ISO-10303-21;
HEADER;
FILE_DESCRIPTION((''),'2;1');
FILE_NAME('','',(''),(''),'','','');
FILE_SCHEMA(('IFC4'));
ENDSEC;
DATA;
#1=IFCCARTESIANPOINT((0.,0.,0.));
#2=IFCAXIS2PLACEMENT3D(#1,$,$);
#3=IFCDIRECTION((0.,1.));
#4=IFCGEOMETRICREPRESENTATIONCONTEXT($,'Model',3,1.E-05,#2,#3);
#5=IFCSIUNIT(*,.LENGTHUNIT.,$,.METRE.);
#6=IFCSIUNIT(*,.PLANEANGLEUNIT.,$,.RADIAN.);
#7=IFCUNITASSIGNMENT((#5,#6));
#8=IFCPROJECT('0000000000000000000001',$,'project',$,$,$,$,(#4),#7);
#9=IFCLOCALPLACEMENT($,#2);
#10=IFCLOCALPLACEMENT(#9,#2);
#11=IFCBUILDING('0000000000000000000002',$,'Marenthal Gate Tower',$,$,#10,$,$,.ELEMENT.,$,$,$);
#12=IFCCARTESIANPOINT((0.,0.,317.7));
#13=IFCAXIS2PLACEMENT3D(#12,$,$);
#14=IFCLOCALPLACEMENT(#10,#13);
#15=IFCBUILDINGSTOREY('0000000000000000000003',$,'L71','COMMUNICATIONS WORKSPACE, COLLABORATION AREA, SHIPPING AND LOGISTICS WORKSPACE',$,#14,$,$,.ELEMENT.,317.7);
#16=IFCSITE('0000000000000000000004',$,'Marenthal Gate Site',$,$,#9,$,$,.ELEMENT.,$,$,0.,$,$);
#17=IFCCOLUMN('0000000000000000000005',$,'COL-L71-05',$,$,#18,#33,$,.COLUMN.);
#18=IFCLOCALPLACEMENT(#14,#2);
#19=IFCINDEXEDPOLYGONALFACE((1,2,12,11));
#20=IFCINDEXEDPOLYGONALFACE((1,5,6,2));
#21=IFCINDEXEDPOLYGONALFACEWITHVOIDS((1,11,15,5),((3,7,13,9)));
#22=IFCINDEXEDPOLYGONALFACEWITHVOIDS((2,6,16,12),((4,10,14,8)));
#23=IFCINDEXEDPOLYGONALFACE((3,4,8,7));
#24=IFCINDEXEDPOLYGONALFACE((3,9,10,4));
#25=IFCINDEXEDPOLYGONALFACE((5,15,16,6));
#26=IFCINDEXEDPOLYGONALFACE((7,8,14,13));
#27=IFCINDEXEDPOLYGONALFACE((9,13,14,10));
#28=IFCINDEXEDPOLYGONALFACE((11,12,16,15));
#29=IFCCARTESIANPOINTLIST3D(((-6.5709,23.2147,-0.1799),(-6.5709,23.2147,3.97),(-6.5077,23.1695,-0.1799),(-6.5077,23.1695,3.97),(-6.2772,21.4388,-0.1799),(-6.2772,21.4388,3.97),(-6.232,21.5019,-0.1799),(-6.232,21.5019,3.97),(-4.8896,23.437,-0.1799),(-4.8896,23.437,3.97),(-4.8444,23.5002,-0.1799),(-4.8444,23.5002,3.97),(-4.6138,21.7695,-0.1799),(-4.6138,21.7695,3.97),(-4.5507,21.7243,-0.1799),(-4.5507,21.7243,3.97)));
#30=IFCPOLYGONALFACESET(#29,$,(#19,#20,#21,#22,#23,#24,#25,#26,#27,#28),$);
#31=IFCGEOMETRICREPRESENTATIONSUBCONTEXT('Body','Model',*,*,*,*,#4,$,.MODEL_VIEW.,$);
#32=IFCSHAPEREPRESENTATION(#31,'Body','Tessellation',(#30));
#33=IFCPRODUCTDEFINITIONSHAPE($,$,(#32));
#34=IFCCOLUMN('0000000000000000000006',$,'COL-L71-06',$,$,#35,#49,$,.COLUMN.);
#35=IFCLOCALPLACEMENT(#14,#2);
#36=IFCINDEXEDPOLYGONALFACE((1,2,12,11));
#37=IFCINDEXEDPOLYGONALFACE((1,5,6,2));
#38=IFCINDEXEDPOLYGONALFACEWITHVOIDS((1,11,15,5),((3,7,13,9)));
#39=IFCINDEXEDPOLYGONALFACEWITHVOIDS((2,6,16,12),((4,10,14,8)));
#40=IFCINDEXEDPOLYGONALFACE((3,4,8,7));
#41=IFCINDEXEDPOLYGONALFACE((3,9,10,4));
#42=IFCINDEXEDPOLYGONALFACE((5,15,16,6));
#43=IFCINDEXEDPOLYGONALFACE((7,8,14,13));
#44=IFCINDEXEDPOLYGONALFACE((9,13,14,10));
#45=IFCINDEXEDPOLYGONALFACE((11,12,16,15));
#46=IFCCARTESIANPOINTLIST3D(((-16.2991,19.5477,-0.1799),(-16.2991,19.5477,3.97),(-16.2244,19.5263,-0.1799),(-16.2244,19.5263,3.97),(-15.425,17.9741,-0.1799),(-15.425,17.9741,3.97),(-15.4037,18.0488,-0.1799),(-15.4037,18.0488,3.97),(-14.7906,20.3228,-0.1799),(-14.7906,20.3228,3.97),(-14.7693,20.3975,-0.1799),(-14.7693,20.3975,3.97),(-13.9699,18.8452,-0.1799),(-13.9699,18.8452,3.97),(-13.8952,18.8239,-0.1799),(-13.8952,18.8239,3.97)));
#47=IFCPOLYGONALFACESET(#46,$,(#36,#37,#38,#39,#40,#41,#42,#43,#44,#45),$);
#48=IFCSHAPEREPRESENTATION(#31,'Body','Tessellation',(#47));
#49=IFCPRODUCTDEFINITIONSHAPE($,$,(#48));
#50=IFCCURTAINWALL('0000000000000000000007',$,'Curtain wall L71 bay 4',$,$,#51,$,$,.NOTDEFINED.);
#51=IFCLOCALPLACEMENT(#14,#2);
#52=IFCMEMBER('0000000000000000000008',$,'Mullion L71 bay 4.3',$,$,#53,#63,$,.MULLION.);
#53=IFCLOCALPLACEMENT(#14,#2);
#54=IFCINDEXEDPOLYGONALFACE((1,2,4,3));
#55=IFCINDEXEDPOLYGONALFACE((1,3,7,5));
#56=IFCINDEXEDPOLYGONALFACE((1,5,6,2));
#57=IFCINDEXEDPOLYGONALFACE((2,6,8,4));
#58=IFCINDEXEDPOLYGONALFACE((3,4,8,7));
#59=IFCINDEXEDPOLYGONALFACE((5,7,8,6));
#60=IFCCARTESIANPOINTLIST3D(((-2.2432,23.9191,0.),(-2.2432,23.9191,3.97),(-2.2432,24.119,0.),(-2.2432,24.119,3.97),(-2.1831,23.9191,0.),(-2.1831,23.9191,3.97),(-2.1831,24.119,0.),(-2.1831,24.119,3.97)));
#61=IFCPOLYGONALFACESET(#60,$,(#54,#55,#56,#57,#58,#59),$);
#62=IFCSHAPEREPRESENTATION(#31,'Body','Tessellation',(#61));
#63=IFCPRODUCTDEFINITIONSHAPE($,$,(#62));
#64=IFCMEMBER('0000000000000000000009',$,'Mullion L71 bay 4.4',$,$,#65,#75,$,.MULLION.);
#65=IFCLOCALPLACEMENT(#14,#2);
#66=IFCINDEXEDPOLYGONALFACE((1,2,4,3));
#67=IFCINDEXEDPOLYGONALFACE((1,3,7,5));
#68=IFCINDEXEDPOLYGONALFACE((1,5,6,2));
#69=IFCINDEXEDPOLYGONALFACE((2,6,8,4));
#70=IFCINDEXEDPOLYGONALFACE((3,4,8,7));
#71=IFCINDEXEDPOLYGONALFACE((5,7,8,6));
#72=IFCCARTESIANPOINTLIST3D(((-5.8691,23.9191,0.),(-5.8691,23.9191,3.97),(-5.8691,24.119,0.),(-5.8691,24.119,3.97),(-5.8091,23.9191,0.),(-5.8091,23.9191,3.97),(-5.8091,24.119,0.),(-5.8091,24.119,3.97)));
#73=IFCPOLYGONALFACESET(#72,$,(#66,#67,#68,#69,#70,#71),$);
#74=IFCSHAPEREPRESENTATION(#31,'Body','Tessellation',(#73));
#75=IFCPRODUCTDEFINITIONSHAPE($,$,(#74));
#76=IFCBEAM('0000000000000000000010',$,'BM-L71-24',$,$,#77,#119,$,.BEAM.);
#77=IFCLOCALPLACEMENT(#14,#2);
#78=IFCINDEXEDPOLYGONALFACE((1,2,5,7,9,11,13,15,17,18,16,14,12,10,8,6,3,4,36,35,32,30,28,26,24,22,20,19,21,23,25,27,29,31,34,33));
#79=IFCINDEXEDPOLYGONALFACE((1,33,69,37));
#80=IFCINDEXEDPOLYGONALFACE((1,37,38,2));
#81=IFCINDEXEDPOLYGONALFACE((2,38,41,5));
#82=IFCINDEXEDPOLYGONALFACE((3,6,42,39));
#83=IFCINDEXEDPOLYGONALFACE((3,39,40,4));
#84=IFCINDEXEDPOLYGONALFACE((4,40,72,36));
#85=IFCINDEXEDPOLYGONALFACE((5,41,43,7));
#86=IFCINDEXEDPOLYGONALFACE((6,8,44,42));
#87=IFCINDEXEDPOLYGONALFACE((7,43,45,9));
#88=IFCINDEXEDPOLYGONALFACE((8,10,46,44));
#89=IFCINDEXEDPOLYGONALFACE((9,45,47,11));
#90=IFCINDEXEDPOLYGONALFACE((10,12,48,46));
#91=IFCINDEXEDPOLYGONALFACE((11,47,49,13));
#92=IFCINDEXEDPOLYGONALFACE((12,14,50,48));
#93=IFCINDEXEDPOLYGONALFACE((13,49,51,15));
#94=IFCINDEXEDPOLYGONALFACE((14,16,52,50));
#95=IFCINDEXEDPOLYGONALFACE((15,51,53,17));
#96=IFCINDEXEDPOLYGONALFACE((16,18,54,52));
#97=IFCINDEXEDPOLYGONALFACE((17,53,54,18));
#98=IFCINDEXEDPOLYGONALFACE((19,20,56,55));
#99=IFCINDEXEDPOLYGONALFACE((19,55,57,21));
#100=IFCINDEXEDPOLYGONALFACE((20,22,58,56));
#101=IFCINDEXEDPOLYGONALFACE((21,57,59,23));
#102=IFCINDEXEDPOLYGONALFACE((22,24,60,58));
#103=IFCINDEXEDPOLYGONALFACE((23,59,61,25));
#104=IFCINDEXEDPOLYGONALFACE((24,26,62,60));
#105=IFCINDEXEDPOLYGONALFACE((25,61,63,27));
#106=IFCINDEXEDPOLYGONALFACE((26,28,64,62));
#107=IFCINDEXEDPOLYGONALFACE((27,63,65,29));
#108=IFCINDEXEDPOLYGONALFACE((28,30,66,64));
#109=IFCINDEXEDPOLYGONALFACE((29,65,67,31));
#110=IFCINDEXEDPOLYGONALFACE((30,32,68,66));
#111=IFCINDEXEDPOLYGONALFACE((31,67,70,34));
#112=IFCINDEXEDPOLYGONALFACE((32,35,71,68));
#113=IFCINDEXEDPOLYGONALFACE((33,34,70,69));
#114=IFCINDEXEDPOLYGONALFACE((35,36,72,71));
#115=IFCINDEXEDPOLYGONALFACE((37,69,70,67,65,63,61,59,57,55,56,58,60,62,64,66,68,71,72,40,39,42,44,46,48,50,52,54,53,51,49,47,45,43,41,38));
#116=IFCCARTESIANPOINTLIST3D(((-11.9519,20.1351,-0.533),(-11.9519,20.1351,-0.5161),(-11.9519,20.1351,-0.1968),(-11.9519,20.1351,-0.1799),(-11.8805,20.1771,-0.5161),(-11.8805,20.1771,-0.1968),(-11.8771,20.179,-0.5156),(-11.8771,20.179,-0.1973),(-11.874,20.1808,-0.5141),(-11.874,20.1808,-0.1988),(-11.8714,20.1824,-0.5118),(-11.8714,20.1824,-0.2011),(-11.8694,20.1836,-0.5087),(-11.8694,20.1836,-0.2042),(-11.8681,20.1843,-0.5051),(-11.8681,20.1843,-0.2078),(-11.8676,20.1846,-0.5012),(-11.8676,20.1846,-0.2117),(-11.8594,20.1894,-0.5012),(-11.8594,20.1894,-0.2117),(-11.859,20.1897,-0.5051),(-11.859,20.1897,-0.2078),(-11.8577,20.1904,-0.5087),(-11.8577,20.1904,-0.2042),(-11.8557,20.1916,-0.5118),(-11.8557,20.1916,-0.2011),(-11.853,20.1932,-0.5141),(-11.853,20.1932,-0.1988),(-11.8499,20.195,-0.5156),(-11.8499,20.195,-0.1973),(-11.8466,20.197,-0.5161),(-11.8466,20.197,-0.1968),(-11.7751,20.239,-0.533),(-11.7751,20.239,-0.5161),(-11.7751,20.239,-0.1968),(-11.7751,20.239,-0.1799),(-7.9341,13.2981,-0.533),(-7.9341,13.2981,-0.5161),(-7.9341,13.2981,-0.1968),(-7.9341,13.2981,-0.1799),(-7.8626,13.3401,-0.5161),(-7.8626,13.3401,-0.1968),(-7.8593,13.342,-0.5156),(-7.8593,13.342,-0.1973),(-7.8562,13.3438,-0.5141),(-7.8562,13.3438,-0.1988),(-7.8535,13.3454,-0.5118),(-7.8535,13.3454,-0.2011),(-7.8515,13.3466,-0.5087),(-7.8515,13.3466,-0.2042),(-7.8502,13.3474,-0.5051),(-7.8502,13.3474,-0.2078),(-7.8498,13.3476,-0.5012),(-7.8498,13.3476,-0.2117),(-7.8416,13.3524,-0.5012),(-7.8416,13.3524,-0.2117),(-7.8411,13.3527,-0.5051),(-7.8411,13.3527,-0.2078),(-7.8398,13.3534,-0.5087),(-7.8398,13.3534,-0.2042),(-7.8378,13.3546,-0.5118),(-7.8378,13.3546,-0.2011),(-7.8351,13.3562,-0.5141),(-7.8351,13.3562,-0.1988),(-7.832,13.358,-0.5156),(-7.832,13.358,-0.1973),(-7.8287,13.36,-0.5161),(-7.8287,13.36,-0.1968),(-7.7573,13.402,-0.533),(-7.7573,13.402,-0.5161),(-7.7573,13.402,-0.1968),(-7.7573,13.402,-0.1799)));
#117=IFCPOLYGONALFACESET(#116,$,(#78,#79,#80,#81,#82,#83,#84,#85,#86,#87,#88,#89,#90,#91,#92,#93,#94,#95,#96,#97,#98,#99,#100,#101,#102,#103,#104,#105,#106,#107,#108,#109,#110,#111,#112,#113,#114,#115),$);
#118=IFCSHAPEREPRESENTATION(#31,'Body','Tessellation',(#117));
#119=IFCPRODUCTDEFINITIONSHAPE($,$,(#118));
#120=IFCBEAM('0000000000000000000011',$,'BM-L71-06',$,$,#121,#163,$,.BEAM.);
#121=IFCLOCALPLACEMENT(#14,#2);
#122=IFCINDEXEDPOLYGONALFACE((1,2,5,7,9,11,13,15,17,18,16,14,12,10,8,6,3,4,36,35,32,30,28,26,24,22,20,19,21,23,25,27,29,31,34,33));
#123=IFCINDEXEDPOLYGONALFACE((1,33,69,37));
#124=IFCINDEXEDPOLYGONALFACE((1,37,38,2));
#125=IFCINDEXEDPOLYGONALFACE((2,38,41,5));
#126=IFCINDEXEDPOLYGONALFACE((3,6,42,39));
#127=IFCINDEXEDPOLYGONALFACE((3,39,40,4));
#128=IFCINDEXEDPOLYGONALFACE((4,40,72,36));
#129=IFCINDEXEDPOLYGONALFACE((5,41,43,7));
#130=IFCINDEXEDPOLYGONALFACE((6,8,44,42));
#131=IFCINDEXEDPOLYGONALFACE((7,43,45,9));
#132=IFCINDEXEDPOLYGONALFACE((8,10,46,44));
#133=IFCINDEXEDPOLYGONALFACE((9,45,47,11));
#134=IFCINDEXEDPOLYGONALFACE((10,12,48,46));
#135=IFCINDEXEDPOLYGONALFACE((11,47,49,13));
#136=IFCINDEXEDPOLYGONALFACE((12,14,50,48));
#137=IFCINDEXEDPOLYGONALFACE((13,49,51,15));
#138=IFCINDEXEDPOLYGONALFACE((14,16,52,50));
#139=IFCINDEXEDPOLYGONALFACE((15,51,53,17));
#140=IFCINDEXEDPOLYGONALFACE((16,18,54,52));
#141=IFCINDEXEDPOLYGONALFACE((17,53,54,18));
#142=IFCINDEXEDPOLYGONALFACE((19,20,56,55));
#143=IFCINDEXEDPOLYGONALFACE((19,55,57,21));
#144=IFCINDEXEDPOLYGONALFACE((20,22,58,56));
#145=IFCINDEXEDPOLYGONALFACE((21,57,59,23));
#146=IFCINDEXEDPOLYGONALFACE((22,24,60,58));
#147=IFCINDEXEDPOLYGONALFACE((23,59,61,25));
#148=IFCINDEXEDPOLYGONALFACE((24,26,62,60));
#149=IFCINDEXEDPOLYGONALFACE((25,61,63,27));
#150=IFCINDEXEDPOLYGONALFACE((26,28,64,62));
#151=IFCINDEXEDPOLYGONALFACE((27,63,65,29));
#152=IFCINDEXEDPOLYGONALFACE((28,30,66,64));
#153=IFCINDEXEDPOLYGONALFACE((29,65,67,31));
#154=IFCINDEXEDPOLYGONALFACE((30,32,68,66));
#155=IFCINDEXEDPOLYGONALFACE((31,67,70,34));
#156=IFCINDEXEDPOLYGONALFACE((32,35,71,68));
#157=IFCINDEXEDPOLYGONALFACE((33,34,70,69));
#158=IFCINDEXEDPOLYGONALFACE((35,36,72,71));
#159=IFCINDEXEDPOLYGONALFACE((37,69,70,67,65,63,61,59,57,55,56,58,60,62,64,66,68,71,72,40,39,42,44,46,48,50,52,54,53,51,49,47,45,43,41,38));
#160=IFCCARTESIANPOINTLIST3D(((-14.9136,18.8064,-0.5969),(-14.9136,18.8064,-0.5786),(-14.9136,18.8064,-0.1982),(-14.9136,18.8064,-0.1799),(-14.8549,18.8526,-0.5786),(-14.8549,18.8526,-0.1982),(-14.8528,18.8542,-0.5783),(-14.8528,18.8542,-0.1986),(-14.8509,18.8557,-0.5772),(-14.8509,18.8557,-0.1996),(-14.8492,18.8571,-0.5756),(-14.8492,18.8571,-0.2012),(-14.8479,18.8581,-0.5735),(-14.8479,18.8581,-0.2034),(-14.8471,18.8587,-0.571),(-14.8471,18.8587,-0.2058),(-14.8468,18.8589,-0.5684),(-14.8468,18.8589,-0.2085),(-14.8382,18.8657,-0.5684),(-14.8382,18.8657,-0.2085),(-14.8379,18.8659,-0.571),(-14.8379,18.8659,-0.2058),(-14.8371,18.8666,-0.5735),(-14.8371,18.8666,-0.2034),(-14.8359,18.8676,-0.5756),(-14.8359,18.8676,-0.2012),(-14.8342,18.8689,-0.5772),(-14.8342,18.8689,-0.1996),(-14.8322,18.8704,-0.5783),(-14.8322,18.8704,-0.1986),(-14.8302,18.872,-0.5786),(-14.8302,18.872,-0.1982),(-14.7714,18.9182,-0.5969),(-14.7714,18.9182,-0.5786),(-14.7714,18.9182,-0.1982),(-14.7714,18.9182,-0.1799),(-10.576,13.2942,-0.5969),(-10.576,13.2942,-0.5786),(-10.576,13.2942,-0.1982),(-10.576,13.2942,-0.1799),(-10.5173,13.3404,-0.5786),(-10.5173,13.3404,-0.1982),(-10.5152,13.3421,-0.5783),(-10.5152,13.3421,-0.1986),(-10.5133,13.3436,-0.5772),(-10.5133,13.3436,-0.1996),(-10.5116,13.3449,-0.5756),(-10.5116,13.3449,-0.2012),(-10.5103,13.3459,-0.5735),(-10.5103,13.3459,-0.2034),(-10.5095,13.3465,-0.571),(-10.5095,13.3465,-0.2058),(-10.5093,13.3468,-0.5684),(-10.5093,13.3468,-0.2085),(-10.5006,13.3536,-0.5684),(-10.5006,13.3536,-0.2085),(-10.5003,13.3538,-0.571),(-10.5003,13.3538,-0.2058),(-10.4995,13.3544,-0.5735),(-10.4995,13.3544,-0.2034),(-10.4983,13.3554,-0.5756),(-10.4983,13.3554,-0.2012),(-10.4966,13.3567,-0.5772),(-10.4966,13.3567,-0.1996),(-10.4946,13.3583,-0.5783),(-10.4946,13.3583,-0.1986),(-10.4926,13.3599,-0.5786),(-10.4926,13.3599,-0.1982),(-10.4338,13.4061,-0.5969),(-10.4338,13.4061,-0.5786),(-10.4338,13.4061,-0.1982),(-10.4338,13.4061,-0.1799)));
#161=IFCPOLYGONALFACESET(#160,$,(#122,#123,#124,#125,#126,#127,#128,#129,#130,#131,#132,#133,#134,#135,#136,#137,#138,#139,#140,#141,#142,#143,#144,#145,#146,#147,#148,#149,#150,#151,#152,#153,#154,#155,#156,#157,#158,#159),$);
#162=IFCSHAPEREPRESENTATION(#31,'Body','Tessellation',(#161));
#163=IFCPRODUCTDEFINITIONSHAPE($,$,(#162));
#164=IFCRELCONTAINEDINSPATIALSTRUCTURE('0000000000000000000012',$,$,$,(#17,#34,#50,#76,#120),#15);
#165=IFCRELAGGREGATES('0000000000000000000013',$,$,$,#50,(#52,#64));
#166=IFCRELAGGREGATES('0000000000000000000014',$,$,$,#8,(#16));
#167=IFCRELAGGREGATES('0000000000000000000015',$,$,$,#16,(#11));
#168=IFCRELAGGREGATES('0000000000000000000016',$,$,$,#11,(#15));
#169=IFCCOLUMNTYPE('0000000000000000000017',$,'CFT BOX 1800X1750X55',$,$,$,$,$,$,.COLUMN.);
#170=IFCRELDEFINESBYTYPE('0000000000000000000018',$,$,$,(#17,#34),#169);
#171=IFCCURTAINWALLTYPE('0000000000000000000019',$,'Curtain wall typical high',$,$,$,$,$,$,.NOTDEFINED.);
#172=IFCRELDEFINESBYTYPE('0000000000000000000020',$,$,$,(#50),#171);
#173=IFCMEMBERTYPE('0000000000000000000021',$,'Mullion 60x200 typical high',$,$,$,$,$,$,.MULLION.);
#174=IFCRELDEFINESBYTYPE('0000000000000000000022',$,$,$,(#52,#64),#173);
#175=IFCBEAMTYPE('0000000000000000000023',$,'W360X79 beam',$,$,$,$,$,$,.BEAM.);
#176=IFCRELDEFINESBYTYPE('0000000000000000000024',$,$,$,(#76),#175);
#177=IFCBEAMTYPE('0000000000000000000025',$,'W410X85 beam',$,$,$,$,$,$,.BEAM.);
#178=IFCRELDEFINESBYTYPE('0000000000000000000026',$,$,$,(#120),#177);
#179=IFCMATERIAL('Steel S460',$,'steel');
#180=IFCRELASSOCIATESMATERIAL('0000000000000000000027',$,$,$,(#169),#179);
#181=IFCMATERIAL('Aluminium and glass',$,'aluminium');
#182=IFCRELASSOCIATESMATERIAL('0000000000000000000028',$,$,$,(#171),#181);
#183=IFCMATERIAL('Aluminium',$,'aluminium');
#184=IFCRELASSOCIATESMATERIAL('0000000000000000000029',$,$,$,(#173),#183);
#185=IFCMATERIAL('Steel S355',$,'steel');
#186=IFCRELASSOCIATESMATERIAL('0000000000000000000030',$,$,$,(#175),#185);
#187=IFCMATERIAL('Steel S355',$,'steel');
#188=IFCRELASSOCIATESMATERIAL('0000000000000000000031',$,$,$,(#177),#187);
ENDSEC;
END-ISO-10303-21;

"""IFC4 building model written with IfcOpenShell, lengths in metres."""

from ifc_helpers import new_model, si_unit, direction, frame, origin, origin_2d, place, context, subcontext, project, spatial, rectangle, hollow_rectangle, i_section, extrude, material, material_profile, profile_set, type_object, element, aggregate, save


model = new_model("IFC4")

# Units and contexts
model_context = context("Model", 3, precision=1e-05, world=origin(), true_north=direction((0.0, 1.0)))
body_context = subcontext(model_context, "Body", "Model", "MODEL_VIEW")
ifc_project = project(units=[si_unit("LENGTHUNIT", "METRE"), si_unit("PLANEANGLEUNIT", "RADIAN")], contexts=[model_context])

# Site, building, storey
site_placement = place(None, origin())
site = spatial("IfcSite", under=ifc_project, at=site_placement, Name="Marenthal Gate Site", CompositionType="ELEMENT", RefElevation=0.0)
building_placement = place(site_placement, origin())
building = spatial("IfcBuilding", under=site, at=building_placement, Name="Marenthal Gate Tower", CompositionType="ELEMENT")
storey_placement = place(building_placement, frame((0.0, 0.0, 317.7)))
storey = spatial("IfcBuildingStorey", under=building, at=storey_placement, Name="L71", Description="COMMUNICATIONS WORKSPACE, COLLABORATION AREA, SHIPPING AND LOGISTICS WORKSPACE", CompositionType="ELEMENT", Elevation=317.7)

# Columns
ifc_material_1 = material(Name="Steel S460", Category="steel")
ifc_material_profile_1 = material_profile(ifc_material_1, hollow_rectangle(XDim=1.75, YDim=1.8, WallThickness=0.0549, at=origin_2d()), Name="CFT BOX 1800X1750X55")
ifc_material_2 = material(Name="Concrete 70 MPa", Category="concrete")
ifc_material_profile_2 = material_profile(ifc_material_2, rectangle(XDim=1.6399, YDim=1.6899, at=origin_2d()), Name="CFT BOX 1800X1750X55 INFILL")
ifc_profile_set_1 = profile_set([ifc_material_profile_1, ifc_material_profile_2], Name="Steel S460 shell, Concrete 70 MPa infill")
column_type = type_object("IfcColumnType", Name="CFT BOX 1800X1750X55", PredefinedType="COLUMN", material=ifc_profile_set_1)
for number, where, z_axis, x_axis, name in (
    (1, (-5.5608, 22.4695, -0.1799), (0.0, 0.0, 1.0), (0.986602, 0.163147, 0.0), "COL-L71-05"),
    (2, (-15.0972, 19.1858, -0.1799), (0.0, 0.0, 1.0), (0.874186, 0.485591, 0.0), "COL-L71-06"),
):
    element("IfcColumn", number, at=place(storey_placement, frame(where, z_axis=z_axis, x_axis=x_axis)), inside=storey, type_object=column_type, Name=name, PredefinedType="COLUMN", context=body_context, shape_type="SweptSolid", body=[
        extrude(hollow_rectangle(XDim=1.75, YDim=1.8, WallThickness=0.0549, at=origin_2d()), origin(), (0.0, 0.0, 1.0), 4.1499),
    ])

# Curtain wall, members
ifc_material_3 = material(Name="Aluminium and glass", Category="aluminium")
curtain_wall_type = type_object("IfcCurtainWallType", Name="Curtain wall typical high", PredefinedType="NOTDEFINED", material=ifc_material_3)
curtain_wall_placement = place(storey_placement, origin())
curtain_wall = element("IfcCurtainWall", 3, at=curtain_wall_placement, inside=storey, type_object=curtain_wall_type, Name="Curtain wall L71 bay 4", PredefinedType="NOTDEFINED")
ifc_material_4 = material(Name="Aluminium", Category="aluminium")
ifc_material_profile_3 = material_profile(ifc_material_4, rectangle(XDim=0.2, YDim=0.0601, at=origin_2d()), Name="60x200 aluminium mullion")
ifc_profile_set_2 = profile_set([ifc_material_profile_3], Name="Aluminium")
member_type = type_object("IfcMemberType", Name="Mullion 60x200 typical high", PredefinedType="MULLION", material=ifc_profile_set_2)
member_1_placement = place(storey_placement, frame((-2.2131, 24.019, 0.0), z_axis=(0.0, 0.0, 1.0), x_axis=(0.0, -1.0, 0.0)))
member_1 = element("IfcMember", 4, at=member_1_placement, type_object=member_type, Name="Mullion L71 bay 4.3", PredefinedType="MULLION", context=body_context, shape_type="SweptSolid", body=[
    extrude(rectangle(XDim=0.2, YDim=0.0601, at=origin_2d()), origin(), (0.0, 0.0, 1.0), 3.97),
])
member_2_placement = place(storey_placement, frame((-5.8391, 24.019, 0.0), z_axis=(0.0, 0.0, 1.0), x_axis=(0.0, -1.0, 0.0)))
member_2 = element("IfcMember", 5, at=member_2_placement, type_object=member_type, Name="Mullion L71 bay 4.4", PredefinedType="MULLION", context=body_context, shape_type="SweptSolid", body=[
    extrude(rectangle(XDim=0.2, YDim=0.0601, at=origin_2d()), origin(), (0.0, 0.0, 1.0), 3.97),
])

# Beams
ifc_material_5 = material(Name="Steel S355", Category="steel")
ifc_material_profile_4 = material_profile(ifc_material_5, i_section(OverallWidth=0.2051, OverallDepth=0.353, WebThickness=0.0095, FlangeThickness=0.0168, FilletRadius=0.0149, at=origin_2d()), Name="W360X79")
ifc_profile_set_3 = profile_set([ifc_material_profile_4], Name="Steel S355")
beam_type_1 = type_object("IfcBeamType", Name="W360X79 beam", PredefinedType="BEAM", material=ifc_profile_set_3)
beam_1_placement = place(storey_placement, frame((-11.8635, 20.187, -0.3564), z_axis=(0.506655, -0.862149, 0.0), x_axis=(0.862149, 0.506655, 0.0)))
element("IfcBeam", 6, at=beam_1_placement, inside=storey, type_object=beam_type_1, Name="BM-L71-24", PredefinedType="BEAM", context=body_context, shape_type="SweptSolid", body=[
    extrude(i_section(OverallWidth=0.2051, OverallDepth=0.353, WebThickness=0.0095, FlangeThickness=0.0168, FilletRadius=0.0149, at=origin_2d()), origin(), (0.0, 0.0, 1.0), 7.9302),
])
ifc_material_6 = material(Name="Steel S355", Category="steel")
ifc_material_profile_5 = material_profile(ifc_material_6, i_section(OverallWidth=0.1809, OverallDepth=0.417, WebThickness=0.011, FlangeThickness=0.0183, FilletRadius=0.0103, at=origin_2d()), Name="W410X85")
ifc_profile_set_4 = profile_set([ifc_material_profile_5], Name="Steel S355")
beam_type_2 = type_object("IfcBeamType", Name="W410X85 beam", PredefinedType="BEAM", material=ifc_profile_set_4)
beam_2_placement = place(storey_placement, frame((-14.8425, 18.8623, -0.3884), z_axis=(0.618406, -0.785859, 0.0), x_axis=(0.785859, 0.618406, 0.0)))
element("IfcBeam", 7, at=beam_2_placement, inside=storey, type_object=beam_type_2, Name="BM-L71-06", PredefinedType="BEAM", context=body_context, shape_type="SweptSolid", body=[
    extrude(i_section(OverallWidth=0.1809, OverallDepth=0.417, WebThickness=0.011, FlangeThickness=0.0183, FilletRadius=0.0103, at=origin_2d()), origin(), (0.0, 0.0, 1.0), 7.0142),
])

aggregate(curtain_wall, [member_1, member_2])

save(model, "model.ifc")
